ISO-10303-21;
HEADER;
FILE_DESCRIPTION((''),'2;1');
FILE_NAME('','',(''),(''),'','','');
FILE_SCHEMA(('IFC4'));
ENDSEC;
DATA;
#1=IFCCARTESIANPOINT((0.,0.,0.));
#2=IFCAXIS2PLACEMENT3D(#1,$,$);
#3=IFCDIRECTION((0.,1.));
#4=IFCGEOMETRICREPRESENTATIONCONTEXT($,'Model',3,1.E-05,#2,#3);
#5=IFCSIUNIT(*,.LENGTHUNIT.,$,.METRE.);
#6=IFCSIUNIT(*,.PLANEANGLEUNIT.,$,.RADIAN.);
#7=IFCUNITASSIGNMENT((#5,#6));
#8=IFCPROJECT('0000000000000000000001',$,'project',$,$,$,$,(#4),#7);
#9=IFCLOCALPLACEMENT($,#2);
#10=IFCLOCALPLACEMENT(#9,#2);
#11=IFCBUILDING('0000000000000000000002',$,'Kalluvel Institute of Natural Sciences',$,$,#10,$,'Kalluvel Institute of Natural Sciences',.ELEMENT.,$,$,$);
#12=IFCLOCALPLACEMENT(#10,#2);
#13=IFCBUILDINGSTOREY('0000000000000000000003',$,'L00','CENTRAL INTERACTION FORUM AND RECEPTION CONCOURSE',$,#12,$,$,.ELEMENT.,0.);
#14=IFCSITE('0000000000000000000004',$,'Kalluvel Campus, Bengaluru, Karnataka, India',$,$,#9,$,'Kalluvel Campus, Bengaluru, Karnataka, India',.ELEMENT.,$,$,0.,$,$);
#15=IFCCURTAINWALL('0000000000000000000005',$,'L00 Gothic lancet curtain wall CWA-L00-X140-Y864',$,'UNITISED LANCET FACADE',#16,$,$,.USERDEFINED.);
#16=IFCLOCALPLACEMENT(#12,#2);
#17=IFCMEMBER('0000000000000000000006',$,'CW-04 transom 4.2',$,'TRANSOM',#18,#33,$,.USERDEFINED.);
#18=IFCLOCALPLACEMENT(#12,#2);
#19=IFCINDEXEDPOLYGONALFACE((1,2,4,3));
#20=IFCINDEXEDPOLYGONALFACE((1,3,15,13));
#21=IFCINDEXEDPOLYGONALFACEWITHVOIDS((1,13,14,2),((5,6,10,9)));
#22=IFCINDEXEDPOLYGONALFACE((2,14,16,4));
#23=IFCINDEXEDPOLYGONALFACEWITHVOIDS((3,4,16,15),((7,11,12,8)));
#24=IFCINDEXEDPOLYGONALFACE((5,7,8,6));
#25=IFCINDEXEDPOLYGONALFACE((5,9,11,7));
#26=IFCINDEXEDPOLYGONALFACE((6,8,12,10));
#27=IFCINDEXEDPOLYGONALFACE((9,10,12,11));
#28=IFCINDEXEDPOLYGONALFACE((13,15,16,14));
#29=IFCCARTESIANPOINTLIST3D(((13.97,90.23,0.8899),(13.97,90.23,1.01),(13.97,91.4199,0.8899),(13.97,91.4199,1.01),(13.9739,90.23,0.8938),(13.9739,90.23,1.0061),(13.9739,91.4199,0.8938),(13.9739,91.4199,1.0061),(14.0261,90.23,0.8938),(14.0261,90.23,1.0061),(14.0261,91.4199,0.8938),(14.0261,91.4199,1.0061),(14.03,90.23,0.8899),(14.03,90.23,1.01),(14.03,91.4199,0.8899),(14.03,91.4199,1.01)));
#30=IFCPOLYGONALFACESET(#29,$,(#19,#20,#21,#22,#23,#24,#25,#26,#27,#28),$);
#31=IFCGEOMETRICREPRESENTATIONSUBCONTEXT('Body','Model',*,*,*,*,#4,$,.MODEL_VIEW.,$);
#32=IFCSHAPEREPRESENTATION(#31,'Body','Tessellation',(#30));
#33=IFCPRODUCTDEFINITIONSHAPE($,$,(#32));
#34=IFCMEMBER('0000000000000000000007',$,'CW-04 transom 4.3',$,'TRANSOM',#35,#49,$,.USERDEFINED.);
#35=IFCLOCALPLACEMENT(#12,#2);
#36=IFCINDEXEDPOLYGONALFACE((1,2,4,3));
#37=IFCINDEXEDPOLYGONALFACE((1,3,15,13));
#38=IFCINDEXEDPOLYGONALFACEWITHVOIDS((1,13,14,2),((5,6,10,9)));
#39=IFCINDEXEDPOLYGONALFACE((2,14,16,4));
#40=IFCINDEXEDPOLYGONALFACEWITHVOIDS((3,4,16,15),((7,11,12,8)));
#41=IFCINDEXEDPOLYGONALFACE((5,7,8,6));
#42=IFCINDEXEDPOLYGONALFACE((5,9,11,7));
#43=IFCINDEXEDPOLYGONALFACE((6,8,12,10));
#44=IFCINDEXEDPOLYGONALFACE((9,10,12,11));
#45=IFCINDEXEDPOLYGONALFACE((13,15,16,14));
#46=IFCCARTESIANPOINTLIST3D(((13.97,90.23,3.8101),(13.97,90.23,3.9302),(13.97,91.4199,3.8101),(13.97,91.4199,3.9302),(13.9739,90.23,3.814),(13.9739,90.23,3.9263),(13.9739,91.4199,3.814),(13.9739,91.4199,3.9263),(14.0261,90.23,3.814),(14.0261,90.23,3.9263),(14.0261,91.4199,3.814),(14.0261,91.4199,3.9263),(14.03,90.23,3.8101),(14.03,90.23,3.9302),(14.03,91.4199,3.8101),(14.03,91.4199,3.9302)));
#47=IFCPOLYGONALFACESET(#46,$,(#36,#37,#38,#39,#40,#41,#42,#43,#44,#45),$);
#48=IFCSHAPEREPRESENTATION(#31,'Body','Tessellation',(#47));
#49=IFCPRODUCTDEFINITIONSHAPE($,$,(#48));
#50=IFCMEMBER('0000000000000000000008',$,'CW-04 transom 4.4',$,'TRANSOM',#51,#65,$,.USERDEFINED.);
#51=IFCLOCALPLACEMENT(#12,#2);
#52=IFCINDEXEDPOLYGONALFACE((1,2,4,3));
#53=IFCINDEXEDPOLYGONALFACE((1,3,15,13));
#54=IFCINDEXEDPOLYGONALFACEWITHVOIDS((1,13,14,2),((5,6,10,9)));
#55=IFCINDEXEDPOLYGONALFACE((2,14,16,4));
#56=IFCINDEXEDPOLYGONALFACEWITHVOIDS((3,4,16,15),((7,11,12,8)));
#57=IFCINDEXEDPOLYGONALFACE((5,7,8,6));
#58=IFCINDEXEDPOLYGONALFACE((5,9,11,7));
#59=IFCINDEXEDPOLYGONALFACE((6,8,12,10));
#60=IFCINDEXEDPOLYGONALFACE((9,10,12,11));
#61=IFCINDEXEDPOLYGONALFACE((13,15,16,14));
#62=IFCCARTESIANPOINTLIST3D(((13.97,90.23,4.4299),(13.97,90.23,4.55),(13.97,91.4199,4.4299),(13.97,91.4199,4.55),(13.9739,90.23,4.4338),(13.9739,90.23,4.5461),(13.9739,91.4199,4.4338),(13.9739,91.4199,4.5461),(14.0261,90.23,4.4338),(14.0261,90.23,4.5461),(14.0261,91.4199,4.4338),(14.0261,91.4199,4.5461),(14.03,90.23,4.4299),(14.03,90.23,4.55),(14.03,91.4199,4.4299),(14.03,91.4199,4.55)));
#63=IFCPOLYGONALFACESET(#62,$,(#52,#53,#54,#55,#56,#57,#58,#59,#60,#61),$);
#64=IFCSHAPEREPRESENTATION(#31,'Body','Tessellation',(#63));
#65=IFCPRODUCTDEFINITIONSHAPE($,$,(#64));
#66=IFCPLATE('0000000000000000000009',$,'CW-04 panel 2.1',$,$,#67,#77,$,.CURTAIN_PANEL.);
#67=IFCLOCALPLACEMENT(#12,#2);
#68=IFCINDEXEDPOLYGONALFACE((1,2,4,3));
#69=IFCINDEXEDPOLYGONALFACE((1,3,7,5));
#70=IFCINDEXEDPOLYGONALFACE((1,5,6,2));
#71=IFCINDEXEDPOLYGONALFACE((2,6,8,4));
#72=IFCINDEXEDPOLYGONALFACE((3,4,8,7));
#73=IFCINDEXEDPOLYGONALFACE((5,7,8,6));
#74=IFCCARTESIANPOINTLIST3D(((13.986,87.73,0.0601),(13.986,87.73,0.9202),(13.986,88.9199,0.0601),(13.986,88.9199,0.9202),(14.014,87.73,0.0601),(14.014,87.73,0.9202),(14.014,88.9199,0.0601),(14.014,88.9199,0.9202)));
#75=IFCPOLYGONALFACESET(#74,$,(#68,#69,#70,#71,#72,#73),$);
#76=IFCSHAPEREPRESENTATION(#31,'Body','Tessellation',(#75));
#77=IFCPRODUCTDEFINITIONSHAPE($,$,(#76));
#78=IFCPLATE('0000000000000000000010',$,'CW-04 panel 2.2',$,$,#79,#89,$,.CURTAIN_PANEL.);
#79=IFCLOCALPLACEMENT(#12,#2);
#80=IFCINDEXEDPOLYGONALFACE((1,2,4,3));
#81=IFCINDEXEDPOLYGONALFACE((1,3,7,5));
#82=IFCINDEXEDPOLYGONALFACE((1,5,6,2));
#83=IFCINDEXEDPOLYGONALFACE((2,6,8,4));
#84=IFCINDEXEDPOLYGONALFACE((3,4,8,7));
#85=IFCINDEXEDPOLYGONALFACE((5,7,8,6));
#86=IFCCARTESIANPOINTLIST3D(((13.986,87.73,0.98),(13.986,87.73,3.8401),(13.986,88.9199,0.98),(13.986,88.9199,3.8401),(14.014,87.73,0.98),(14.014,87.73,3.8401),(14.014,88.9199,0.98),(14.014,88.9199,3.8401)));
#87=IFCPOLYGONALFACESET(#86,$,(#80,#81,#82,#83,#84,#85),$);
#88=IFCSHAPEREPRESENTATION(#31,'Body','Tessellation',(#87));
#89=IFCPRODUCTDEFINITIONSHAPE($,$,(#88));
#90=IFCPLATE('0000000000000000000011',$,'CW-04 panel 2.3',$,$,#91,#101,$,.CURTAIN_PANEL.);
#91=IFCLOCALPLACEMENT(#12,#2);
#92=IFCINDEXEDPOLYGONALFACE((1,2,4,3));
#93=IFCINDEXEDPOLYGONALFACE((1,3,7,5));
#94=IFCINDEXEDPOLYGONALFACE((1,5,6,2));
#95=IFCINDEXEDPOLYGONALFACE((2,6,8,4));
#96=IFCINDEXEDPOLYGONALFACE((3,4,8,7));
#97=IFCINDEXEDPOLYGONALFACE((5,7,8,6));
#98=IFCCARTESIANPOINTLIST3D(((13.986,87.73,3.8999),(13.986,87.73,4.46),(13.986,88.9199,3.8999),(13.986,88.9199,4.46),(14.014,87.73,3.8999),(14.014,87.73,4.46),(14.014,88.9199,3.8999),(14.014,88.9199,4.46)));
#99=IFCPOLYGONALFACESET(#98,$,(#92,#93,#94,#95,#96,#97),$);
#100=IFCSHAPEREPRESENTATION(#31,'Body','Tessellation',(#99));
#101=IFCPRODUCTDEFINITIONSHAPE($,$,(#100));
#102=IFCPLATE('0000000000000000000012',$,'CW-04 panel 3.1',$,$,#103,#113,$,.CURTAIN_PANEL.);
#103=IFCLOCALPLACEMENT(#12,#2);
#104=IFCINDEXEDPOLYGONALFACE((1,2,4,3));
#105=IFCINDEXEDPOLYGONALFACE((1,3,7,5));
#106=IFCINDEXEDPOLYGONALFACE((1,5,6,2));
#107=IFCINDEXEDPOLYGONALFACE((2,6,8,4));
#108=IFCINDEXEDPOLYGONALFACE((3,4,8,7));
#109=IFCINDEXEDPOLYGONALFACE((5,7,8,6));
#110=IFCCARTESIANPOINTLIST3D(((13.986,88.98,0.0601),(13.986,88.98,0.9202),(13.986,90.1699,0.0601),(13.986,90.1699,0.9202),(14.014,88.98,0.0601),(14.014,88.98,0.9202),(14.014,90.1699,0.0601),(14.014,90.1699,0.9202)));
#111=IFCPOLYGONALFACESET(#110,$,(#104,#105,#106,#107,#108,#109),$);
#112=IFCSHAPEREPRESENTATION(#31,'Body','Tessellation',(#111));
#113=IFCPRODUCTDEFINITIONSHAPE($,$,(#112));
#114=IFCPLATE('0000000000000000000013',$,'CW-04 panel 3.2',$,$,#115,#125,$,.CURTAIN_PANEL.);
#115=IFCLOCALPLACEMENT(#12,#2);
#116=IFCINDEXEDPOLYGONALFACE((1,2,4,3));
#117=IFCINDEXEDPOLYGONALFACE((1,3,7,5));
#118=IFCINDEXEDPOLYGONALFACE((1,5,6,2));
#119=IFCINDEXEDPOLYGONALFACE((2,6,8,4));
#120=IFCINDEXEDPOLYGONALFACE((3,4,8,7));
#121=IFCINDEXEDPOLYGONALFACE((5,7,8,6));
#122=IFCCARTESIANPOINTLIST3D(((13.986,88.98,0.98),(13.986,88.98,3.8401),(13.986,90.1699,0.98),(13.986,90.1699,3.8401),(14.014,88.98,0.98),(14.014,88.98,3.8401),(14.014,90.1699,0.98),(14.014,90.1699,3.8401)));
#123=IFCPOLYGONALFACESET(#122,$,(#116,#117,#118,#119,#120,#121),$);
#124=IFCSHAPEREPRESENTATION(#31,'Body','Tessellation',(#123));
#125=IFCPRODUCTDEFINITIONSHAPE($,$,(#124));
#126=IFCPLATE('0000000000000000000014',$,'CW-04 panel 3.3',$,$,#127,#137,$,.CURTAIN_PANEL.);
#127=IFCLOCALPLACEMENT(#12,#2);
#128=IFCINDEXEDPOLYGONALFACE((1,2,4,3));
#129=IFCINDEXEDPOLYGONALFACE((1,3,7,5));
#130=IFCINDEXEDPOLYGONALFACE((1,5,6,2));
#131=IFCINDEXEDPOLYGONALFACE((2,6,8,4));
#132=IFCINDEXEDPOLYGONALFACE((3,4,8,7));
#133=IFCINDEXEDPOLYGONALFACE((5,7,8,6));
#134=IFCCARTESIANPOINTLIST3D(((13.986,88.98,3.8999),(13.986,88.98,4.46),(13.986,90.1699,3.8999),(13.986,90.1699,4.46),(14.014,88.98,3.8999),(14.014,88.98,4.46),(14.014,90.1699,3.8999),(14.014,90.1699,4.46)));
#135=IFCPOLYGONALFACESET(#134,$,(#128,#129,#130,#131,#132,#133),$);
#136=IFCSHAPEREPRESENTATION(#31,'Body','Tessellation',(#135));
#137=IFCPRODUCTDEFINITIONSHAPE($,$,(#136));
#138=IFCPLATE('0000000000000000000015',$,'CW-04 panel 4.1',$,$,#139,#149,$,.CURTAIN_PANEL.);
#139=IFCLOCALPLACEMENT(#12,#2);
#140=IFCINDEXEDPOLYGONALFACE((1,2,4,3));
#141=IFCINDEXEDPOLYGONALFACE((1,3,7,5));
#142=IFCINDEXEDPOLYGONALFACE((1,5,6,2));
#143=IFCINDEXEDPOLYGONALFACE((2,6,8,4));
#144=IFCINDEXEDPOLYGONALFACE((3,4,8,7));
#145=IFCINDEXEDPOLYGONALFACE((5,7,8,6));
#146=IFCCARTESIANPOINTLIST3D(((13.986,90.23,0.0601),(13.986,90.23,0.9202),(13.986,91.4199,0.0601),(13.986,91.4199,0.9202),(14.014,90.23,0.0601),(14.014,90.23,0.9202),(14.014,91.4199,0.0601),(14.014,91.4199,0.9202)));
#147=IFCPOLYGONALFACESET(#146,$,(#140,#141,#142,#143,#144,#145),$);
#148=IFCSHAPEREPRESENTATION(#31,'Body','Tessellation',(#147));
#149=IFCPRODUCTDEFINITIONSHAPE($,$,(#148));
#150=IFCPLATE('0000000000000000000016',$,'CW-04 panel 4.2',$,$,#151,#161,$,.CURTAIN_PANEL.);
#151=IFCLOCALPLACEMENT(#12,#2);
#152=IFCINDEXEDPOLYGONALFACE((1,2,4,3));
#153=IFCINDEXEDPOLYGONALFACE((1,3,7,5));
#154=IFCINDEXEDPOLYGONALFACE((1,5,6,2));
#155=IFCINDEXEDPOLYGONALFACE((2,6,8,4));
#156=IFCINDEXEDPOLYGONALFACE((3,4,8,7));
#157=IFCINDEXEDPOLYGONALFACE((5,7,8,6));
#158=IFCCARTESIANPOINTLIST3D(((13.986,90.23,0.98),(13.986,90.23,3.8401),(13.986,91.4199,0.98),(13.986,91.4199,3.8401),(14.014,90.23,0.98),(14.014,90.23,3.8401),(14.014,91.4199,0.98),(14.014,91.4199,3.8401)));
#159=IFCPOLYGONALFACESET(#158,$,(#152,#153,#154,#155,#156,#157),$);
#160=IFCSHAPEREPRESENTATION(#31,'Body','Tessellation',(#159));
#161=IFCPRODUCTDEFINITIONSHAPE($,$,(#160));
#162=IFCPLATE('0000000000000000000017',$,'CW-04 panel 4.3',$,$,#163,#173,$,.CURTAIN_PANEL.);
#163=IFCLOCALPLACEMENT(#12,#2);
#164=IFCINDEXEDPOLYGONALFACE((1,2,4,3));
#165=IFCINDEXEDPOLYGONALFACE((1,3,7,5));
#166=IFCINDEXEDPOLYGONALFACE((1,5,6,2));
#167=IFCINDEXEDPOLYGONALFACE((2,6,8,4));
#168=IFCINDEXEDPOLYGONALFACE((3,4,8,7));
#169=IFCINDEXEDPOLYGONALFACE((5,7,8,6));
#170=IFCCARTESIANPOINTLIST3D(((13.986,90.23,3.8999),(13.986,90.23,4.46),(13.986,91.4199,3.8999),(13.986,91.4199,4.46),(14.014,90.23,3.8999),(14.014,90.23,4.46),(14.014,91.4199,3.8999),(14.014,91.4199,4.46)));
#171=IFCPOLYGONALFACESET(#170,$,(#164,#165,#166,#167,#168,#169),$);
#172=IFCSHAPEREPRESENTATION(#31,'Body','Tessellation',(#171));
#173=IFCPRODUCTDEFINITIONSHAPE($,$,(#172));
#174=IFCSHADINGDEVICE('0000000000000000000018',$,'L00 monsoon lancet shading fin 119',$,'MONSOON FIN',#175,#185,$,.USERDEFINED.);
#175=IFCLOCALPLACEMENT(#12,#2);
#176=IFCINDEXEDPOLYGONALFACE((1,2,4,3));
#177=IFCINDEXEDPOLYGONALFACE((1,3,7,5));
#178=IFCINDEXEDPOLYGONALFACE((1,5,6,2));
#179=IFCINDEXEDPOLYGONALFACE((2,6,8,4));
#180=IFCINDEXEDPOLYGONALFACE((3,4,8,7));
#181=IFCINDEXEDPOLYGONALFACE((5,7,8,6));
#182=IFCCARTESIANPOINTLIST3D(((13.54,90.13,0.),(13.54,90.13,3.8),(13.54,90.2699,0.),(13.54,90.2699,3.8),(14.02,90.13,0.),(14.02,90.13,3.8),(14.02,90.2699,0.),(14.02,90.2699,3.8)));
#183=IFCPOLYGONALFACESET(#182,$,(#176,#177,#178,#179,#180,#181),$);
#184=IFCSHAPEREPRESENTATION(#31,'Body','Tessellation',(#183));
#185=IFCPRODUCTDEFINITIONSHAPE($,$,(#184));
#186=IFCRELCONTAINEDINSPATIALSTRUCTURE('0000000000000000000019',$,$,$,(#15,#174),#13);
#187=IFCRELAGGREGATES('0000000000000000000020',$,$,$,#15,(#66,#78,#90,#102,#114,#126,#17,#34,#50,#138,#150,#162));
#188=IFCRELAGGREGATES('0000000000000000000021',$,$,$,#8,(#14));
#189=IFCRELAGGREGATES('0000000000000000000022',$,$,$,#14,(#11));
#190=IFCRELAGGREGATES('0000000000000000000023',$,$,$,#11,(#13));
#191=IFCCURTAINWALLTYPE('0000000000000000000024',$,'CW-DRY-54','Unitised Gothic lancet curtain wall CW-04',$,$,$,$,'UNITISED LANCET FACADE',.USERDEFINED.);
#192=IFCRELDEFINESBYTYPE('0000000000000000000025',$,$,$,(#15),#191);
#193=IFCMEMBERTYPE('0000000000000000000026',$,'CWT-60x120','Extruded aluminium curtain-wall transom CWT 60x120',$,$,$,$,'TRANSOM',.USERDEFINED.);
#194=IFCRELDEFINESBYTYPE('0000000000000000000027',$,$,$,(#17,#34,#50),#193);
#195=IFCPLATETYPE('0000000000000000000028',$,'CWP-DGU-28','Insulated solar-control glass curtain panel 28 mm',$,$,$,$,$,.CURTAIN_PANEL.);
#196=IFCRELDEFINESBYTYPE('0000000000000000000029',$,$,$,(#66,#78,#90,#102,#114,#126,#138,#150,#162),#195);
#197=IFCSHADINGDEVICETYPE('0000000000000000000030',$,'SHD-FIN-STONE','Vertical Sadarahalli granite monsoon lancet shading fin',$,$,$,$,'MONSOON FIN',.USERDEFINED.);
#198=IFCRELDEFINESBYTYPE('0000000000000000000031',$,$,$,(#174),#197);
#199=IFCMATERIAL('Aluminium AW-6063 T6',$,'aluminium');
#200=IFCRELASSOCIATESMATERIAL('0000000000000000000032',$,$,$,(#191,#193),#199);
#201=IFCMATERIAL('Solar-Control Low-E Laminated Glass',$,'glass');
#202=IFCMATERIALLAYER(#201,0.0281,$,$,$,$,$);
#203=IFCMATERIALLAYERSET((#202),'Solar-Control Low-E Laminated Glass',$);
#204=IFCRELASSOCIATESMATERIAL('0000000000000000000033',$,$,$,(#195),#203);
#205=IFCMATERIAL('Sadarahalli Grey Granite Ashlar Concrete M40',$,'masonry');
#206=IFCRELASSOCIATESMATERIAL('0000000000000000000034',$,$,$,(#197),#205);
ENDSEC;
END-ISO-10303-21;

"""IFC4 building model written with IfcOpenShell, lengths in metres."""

from ifc_helpers import new_model, si_unit, direction, frame, origin, origin_2d, place, context, subcontext, project, spatial, rectangle, hollow_rectangle, extrude, material, layer, layer_set, material_profile, profile_set, type_object, element, aggregate, save


model = new_model("IFC4")

# Units and contexts
model_context = context("Model", 3, precision=1e-05, world=origin(), true_north=direction((0.0, 1.0)))
body_context = subcontext(model_context, "Body", "Model", "MODEL_VIEW")
ifc_project = project(units=[si_unit("LENGTHUNIT", "METRE"), si_unit("PLANEANGLEUNIT", "RADIAN")], contexts=[model_context])

# Site, building, storey
site_placement = place(None, origin())
site = spatial("IfcSite", under=ifc_project, at=site_placement, Name="Kalluvel Campus, Bengaluru, Karnataka, India", LongName="Kalluvel Campus, Bengaluru, Karnataka, India", CompositionType="ELEMENT", RefElevation=0.0)
building_placement = place(site_placement, origin())
building = spatial("IfcBuilding", under=site, at=building_placement, Name="Kalluvel Institute of Natural Sciences", LongName="Kalluvel Institute of Natural Sciences", CompositionType="ELEMENT")
storey_placement = place(building_placement, origin())
storey = spatial("IfcBuildingStorey", under=building, at=storey_placement, Name="L00", Description="CENTRAL INTERACTION FORUM AND RECEPTION CONCOURSE", CompositionType="ELEMENT", Elevation=0.0)

# Curtain wall, members, plates
ifc_material_1 = material(Name="Aluminium AW-6063 T6", Category="aluminium")
curtain_wall_type = type_object("IfcCurtainWallType", Name="CW-DRY-54", Description="Unitised Gothic lancet curtain wall CW-04", ElementType="UNITISED LANCET FACADE", PredefinedType="USERDEFINED", material=ifc_material_1)
curtain_wall_placement = place(storey_placement, origin())
curtain_wall = element("IfcCurtainWall", 1, at=curtain_wall_placement, inside=storey, type_object=curtain_wall_type, Name="L00 Gothic lancet curtain wall CWA-L00-X140-Y864", ObjectType="UNITISED LANCET FACADE", PredefinedType="USERDEFINED")
ifc_material_profile_1 = material_profile(ifc_material_1, hollow_rectangle(XDim=0.0601, YDim=0.1201, WallThickness=0.0039, at=origin_2d()), Name="CWT 60x120")
ifc_profile_set_1 = profile_set([ifc_material_profile_1], Name="Aluminium AW-6063 T6")
member_type_1 = type_object("IfcMemberType", Name="CWT-60x120", Description="Extruded aluminium curtain-wall transom CWT 60x120", ElementType="TRANSOM", PredefinedType="USERDEFINED", material=ifc_profile_set_1)
member_1_placement = place(storey_placement, frame((14.0, 90.23, 0.95), z_axis=(0.0, 1.0, 0.0), x_axis=(-1.0, 0.0, 0.0)))
member_1 = element("IfcMember", 2, at=member_1_placement, type_object=member_type_1, Name="CW-04 transom 4.2", ObjectType="TRANSOM", PredefinedType="USERDEFINED", context=body_context, shape_type="SweptSolid", body=[
    extrude(hollow_rectangle(XDim=0.0601, YDim=0.1201, WallThickness=0.0039, at=origin_2d()), origin(), (0.0, 0.0, 1.0), 1.1899),
])
member_2_placement = place(storey_placement, frame((14.0, 90.23, 3.8701), z_axis=(0.0, 1.0, 0.0), x_axis=(-1.0, 0.0, 0.0)))
member_2 = element("IfcMember", 3, at=member_2_placement, type_object=member_type_1, Name="CW-04 transom 4.3", ObjectType="TRANSOM", PredefinedType="USERDEFINED", context=body_context, shape_type="SweptSolid", body=[
    extrude(hollow_rectangle(XDim=0.0601, YDim=0.1201, WallThickness=0.0039, at=origin_2d()), origin(), (0.0, 0.0, 1.0), 1.1899),
])
member_3_placement = place(storey_placement, frame((14.0, 90.23, 4.49), z_axis=(0.0, 1.0, 0.0), x_axis=(-1.0, 0.0, 0.0)))
member_3 = element("IfcMember", 4, at=member_3_placement, type_object=member_type_1, Name="CW-04 transom 4.4", ObjectType="TRANSOM", PredefinedType="USERDEFINED", context=body_context, shape_type="SweptSolid", body=[
    extrude(hollow_rectangle(XDim=0.0601, YDim=0.1201, WallThickness=0.0039, at=origin_2d()), origin(), (0.0, 0.0, 1.0), 1.1899),
])
ifc_material_2 = material(Name="Solar-Control Low-E Laminated Glass", Category="glass")
ifc_layer = layer(ifc_material_2, 0.0281)
ifc_layer_set = layer_set([ifc_layer], Name="Solar-Control Low-E Laminated Glass")
plate_type = type_object("IfcPlateType", Name="CWP-DGU-28", Description="Insulated solar-control glass curtain panel 28 mm", PredefinedType="CURTAIN_PANEL", material=ifc_layer_set)
plate_1_placement = place(storey_placement, frame((14.0, 88.325, 0.0601), z_axis=(0.0, 0.0, 1.0), x_axis=(0.0, 1.0, 0.0)))
plate_1 = element("IfcPlate", 5, at=plate_1_placement, type_object=plate_type, Name="CW-04 panel 2.1", PredefinedType="CURTAIN_PANEL", context=body_context, shape_type="SweptSolid", body=[
    extrude(rectangle(XDim=1.1899, YDim=0.0281, at=origin_2d()), origin(), (0.0, 0.0, 1.0), 0.8601),
])
plate_2_placement = place(storey_placement, frame((14.0, 88.325, 0.98), z_axis=(0.0, 0.0, 1.0), x_axis=(0.0, 1.0, 0.0)))
plate_2 = element("IfcPlate", 6, at=plate_2_placement, type_object=plate_type, Name="CW-04 panel 2.2", PredefinedType="CURTAIN_PANEL", context=body_context, shape_type="SweptSolid", body=[
    extrude(rectangle(XDim=1.1899, YDim=0.0281, at=origin_2d()), origin(), (0.0, 0.0, 1.0), 2.8601),
])
plate_3_placement = place(storey_placement, frame((14.0, 88.325, 3.8999), z_axis=(0.0, 0.0, 1.0), x_axis=(0.0, 1.0, 0.0)))
plate_3 = element("IfcPlate", 7, at=plate_3_placement, type_object=plate_type, Name="CW-04 panel 2.3", PredefinedType="CURTAIN_PANEL", context=body_context, shape_type="SweptSolid", body=[
    extrude(rectangle(XDim=1.1899, YDim=0.0281, at=origin_2d()), origin(), (0.0, 0.0, 1.0), 0.5601),
])
plate_4_placement = place(storey_placement, frame((14.0, 89.575, 0.0601), z_axis=(0.0, 0.0, 1.0), x_axis=(0.0, 1.0, 0.0)))
plate_4 = element("IfcPlate", 8, at=plate_4_placement, type_object=plate_type, Name="CW-04 panel 3.1", PredefinedType="CURTAIN_PANEL", context=body_context, shape_type="SweptSolid", body=[
    extrude(rectangle(XDim=1.1899, YDim=0.0281, at=origin_2d()), origin(), (0.0, 0.0, 1.0), 0.8601),
])
plate_5_placement = place(storey_placement, frame((14.0, 89.575, 0.98), z_axis=(0.0, 0.0, 1.0), x_axis=(0.0, 1.0, 0.0)))
plate_5 = element("IfcPlate", 9, at=plate_5_placement, type_object=plate_type, Name="CW-04 panel 3.2", PredefinedType="CURTAIN_PANEL", context=body_context, shape_type="SweptSolid", body=[
    extrude(rectangle(XDim=1.1899, YDim=0.0281, at=origin_2d()), origin(), (0.0, 0.0, 1.0), 2.8601),
])
plate_6_placement = place(storey_placement, frame((14.0, 89.575, 3.8999), z_axis=(0.0, 0.0, 1.0), x_axis=(0.0, 1.0, 0.0)))
plate_6 = element("IfcPlate", 10, at=plate_6_placement, type_object=plate_type, Name="CW-04 panel 3.3", PredefinedType="CURTAIN_PANEL", context=body_context, shape_type="SweptSolid", body=[
    extrude(rectangle(XDim=1.1899, YDim=0.0281, at=origin_2d()), origin(), (0.0, 0.0, 1.0), 0.5601),
])
plate_7_placement = place(storey_placement, frame((14.0, 90.825, 0.0601), z_axis=(0.0, 0.0, 1.0), x_axis=(0.0, 1.0, 0.0)))
plate_7 = element("IfcPlate", 11, at=plate_7_placement, type_object=plate_type, Name="CW-04 panel 4.1", PredefinedType="CURTAIN_PANEL", context=body_context, shape_type="SweptSolid", body=[
    extrude(rectangle(XDim=1.1899, YDim=0.0281, at=origin_2d()), origin(), (0.0, 0.0, 1.0), 0.8601),
])
plate_8_placement = place(storey_placement, frame((14.0, 90.825, 0.98), z_axis=(0.0, 0.0, 1.0), x_axis=(0.0, 1.0, 0.0)))
plate_8 = element("IfcPlate", 12, at=plate_8_placement, type_object=plate_type, Name="CW-04 panel 4.2", PredefinedType="CURTAIN_PANEL", context=body_context, shape_type="SweptSolid", body=[
    extrude(rectangle(XDim=1.1899, YDim=0.0281, at=origin_2d()), origin(), (0.0, 0.0, 1.0), 2.8601),
])
plate_9_placement = place(storey_placement, frame((14.0, 90.825, 3.8999), z_axis=(0.0, 0.0, 1.0), x_axis=(0.0, 1.0, 0.0)))
plate_9 = element("IfcPlate", 13, at=plate_9_placement, type_object=plate_type, Name="CW-04 panel 4.3", PredefinedType="CURTAIN_PANEL", context=body_context, shape_type="SweptSolid", body=[
    extrude(rectangle(XDim=1.1899, YDim=0.0281, at=origin_2d()), origin(), (0.0, 0.0, 1.0), 0.5601),
])
aggregate(curtain_wall, [plate_1, plate_2, plate_3, plate_4, plate_5, plate_6, member_1, member_2, member_3, plate_7, plate_8, plate_9])

# Shading device
ifc_material_3 = material(Name="Sadarahalli Grey Granite Ashlar Concrete M40", Category="masonry")
shading_device_type = type_object("IfcShadingDeviceType", Name="SHD-FIN-STONE", Description="Vertical Sadarahalli granite monsoon lancet shading fin", ElementType="MONSOON FIN", PredefinedType="USERDEFINED", material=ifc_material_3)
shading_device_placement = place(storey_placement, frame((13.78, 90.2, 0.0), z_axis=(0.0, 0.0, 1.0), x_axis=(0.0, 1.0, 0.0)))
element("IfcShadingDevice", 14, at=shading_device_placement, inside=storey, type_object=shading_device_type, Name="L00 monsoon lancet shading fin 119", ObjectType="MONSOON FIN", PredefinedType="USERDEFINED", context=body_context, shape_type="SweptSolid", body=[
    extrude(rectangle(XDim=0.1399, YDim=0.48, at=origin_2d()), origin(), (0.0, 0.0, 1.0), 3.8),
])

save(model, "model.ifc")
